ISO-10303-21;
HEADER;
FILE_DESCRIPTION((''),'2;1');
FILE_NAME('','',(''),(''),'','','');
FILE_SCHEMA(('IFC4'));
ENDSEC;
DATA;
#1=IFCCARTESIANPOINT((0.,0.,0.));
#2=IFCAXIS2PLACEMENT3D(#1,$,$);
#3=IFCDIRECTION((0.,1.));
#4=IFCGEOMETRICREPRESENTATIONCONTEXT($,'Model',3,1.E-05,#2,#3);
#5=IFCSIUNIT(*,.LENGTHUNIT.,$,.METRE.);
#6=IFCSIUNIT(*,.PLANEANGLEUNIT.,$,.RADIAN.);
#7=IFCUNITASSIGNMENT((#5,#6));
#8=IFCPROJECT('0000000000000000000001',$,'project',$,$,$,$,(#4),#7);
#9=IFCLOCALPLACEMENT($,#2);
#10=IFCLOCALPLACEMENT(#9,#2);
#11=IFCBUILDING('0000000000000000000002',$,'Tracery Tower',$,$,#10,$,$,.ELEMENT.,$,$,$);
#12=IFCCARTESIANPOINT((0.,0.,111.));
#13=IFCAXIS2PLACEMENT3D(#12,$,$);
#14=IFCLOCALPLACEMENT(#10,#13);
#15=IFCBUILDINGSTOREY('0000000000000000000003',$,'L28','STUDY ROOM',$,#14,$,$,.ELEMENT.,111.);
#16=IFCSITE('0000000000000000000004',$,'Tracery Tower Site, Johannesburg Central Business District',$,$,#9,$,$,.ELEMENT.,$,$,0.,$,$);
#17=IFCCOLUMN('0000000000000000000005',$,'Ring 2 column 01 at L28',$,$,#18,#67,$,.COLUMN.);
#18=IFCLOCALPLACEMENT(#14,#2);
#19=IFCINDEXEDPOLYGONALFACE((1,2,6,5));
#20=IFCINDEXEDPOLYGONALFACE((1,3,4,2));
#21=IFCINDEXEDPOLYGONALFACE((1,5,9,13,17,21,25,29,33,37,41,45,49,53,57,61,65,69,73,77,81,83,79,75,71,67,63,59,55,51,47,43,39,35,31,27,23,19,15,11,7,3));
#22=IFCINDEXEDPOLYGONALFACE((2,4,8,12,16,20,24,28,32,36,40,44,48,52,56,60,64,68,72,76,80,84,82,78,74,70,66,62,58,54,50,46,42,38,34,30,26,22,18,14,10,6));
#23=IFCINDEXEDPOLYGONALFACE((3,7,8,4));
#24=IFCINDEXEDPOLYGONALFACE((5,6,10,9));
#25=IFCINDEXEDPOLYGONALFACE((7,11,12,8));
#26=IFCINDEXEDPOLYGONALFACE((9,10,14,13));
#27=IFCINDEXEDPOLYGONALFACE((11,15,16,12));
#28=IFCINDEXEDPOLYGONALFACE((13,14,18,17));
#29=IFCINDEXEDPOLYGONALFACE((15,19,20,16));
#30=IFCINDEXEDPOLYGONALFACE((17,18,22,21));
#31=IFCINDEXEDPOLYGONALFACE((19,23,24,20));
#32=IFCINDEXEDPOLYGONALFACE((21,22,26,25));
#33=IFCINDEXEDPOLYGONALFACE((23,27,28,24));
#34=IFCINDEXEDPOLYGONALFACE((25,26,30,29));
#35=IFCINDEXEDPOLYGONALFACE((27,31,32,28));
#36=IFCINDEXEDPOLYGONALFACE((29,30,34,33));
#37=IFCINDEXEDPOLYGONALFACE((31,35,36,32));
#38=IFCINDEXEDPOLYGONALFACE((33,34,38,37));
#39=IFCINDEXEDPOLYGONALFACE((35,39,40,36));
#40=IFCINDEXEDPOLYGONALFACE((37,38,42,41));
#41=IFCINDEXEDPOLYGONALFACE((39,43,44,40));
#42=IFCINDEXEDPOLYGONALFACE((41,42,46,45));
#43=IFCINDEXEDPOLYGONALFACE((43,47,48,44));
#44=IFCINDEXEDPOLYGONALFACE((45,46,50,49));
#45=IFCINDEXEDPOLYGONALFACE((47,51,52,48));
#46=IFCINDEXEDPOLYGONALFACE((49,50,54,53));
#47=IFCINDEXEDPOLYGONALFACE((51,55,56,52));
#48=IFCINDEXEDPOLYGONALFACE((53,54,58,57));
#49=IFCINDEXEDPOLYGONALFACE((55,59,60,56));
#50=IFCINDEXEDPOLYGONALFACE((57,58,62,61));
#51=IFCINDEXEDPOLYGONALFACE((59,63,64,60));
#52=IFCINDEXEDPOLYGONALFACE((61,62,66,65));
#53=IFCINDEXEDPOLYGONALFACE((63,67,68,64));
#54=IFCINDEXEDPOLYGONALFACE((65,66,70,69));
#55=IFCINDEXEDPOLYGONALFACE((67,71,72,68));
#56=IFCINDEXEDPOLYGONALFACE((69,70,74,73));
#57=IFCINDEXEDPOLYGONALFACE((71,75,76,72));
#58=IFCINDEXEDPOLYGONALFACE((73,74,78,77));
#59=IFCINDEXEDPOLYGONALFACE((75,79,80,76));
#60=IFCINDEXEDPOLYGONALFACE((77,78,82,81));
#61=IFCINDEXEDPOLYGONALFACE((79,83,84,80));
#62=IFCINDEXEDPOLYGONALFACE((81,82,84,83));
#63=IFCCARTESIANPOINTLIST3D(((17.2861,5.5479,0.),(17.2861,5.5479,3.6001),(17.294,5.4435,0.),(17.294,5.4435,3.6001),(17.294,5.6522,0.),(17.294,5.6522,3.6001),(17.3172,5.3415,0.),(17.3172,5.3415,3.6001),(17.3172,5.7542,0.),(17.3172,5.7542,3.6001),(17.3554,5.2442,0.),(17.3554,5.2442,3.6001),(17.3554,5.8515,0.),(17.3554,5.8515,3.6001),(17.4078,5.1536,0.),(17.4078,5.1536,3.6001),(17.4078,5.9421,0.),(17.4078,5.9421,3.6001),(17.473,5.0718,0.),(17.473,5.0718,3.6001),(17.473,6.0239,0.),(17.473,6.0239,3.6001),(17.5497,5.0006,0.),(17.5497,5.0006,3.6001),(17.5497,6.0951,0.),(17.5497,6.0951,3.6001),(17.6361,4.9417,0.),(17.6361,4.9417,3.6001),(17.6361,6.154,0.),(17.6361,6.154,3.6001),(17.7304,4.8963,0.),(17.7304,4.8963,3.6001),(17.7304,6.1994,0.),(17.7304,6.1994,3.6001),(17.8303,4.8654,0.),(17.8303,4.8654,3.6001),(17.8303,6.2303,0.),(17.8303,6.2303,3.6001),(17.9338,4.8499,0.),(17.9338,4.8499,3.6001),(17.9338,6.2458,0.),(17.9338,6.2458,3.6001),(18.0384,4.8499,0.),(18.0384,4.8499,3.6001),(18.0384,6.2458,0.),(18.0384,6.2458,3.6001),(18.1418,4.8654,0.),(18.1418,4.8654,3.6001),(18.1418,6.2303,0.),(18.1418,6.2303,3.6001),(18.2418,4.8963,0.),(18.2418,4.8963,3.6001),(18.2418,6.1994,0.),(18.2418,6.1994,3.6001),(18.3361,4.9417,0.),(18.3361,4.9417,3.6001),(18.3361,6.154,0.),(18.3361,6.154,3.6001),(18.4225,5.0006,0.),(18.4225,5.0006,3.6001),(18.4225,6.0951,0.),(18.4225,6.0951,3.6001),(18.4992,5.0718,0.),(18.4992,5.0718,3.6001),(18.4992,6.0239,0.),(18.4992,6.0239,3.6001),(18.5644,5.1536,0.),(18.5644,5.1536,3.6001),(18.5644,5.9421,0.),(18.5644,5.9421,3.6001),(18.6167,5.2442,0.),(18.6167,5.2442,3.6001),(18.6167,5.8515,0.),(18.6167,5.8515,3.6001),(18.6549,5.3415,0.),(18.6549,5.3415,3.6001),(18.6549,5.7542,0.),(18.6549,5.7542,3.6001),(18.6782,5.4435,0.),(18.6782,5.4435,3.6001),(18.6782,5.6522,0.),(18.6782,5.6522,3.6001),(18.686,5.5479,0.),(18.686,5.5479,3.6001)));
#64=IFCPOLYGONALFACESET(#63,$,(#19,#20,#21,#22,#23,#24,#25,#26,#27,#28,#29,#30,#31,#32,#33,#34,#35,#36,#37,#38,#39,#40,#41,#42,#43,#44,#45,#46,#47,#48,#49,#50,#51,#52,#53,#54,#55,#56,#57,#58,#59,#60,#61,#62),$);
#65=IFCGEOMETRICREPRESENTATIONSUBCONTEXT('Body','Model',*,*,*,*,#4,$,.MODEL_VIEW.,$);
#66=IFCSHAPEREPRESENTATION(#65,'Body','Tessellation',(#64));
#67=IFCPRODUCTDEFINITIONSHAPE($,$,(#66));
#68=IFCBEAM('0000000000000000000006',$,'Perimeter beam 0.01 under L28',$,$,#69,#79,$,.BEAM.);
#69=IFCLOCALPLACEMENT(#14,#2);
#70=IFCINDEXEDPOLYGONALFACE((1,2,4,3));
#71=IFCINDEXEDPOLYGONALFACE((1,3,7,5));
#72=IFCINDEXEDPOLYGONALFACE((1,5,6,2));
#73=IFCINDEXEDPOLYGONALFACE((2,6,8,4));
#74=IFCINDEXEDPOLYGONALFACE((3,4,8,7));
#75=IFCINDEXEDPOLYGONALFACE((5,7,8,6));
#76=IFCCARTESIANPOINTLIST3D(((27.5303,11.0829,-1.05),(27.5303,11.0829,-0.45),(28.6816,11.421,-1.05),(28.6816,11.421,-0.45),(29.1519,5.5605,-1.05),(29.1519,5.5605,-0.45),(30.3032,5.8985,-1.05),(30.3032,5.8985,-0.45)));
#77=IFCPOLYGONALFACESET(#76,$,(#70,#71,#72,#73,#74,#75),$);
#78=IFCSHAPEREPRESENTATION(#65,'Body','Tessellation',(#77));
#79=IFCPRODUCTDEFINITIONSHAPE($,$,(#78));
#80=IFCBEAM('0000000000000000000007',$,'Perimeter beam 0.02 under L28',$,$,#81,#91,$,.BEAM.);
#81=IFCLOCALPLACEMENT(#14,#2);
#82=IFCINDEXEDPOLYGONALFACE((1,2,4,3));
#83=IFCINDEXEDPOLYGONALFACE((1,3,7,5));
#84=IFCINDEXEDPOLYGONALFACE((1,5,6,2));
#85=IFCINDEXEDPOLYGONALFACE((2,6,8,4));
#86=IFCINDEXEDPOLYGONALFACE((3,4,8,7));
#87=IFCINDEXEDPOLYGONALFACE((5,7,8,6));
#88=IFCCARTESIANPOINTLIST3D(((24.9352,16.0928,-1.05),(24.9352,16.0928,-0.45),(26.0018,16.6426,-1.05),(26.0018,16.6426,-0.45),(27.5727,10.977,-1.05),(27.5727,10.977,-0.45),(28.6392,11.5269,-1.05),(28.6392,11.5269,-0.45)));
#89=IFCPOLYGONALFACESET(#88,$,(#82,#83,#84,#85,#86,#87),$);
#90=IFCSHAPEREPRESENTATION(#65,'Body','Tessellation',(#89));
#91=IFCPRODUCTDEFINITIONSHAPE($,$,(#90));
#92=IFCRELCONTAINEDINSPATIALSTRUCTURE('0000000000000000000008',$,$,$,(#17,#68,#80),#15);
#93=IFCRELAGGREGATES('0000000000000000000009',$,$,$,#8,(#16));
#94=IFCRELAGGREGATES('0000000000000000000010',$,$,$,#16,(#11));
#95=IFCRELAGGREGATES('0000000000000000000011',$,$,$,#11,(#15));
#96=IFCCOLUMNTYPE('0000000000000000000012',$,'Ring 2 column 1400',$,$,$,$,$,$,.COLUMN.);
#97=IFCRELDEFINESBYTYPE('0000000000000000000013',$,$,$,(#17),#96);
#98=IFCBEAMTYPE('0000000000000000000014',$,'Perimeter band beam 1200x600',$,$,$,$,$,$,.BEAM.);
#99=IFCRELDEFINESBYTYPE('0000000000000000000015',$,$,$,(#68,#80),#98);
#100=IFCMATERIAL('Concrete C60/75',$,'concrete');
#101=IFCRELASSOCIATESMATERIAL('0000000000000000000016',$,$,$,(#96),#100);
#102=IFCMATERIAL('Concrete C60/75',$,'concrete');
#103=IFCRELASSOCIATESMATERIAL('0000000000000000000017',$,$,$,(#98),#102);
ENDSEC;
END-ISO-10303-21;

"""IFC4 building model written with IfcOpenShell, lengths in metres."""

from ifc_helpers import new_model, si_unit, direction, frame, origin, origin_2d, place, context, subcontext, project, spatial, rectangle, circle, extrude, material, material_profile, profile_set, type_object, element, save


model = new_model("IFC4")

# Units and contexts
model_context = context("Model", 3, precision=1e-05, world=origin(), true_north=direction((0.0, 1.0)))
body_context = subcontext(model_context, "Body", "Model", "MODEL_VIEW")
ifc_project = project(units=[si_unit("LENGTHUNIT", "METRE"), si_unit("PLANEANGLEUNIT", "RADIAN")], contexts=[model_context])

# Site, building, storey
site_placement = place(None, origin())
site = spatial("IfcSite", under=ifc_project, at=site_placement, Name="Tracery Tower Site, Johannesburg Central Business District", CompositionType="ELEMENT", RefElevation=0.0)
building_placement = place(site_placement, origin())
building = spatial("IfcBuilding", under=site, at=building_placement, Name="Tracery Tower", CompositionType="ELEMENT")
storey_placement = place(building_placement, frame((0.0, 0.0, 111.0)))
storey = spatial("IfcBuildingStorey", under=building, at=storey_placement, Name="L28", Description="STUDY ROOM", CompositionType="ELEMENT", Elevation=111.0)

# Column
ifc_material_1 = material(Name="Concrete C60/75", Category="concrete")
ifc_material_profile_1 = material_profile(ifc_material_1, circle(Radius=0.7, at=origin_2d()), Name="RC D1400")
ifc_profile_set_1 = profile_set([ifc_material_profile_1], Name="Concrete C60/75")
column_type_1 = type_object("IfcColumnType", Name="Ring 2 column 1400", PredefinedType="COLUMN", material=ifc_profile_set_1)
column_placement = place(storey_placement, frame((17.9861, 5.5479, 0.0), z_axis=(0.0, 0.0, 1.0), x_axis=(1.0, 0.0, 0.0)))
element("IfcColumn", 1, at=column_placement, inside=storey, type_object=column_type_1, Name="Ring 2 column 01 at L28", PredefinedType="COLUMN", context=body_context, shape_type="SweptSolid", body=[
    extrude(circle(Radius=0.7, at=origin_2d()), origin(), (0.0, 0.0, 1.0), 3.6001),
])

# Beams
ifc_material_2 = material(Name="Concrete C60/75", Category="concrete")
ifc_material_profile_2 = material_profile(ifc_material_2, rectangle(XDim=1.2, YDim=0.6001, at=origin_2d()), Name="RC 1200x600")
ifc_profile_set_2 = profile_set([ifc_material_profile_2], Name="Concrete C60/75")
beam_type = type_object("IfcBeamType", Name="Perimeter band beam 1200x600", PredefinedType="BEAM", material=ifc_profile_set_2)
for number, where, z_axis, x_axis, name in (
    (2, (29.7275, 5.7295, -0.75), (-0.281739, 0.959491, 0.0), (-0.959491, -0.281739, 0.0), "Perimeter beam 0.01 under L28"),
    (3, (28.106, 11.252, -0.75), (-0.458242, 0.888827, 0.0), (-0.888827, -0.458242, 0.0), "Perimeter beam 0.02 under L28"),
):
    element("IfcBeam", number, at=place(storey_placement, frame(where, z_axis=z_axis, x_axis=x_axis)), inside=storey, type_object=beam_type, Name=name, PredefinedType="BEAM", context=body_context, shape_type="SweptSolid", body=[
        extrude(rectangle(XDim=1.2, YDim=0.6001, at=origin_2d()), origin(), (0.0, 0.0, 1.0), 5.7556),
    ])

save(model, "model.ifc")
